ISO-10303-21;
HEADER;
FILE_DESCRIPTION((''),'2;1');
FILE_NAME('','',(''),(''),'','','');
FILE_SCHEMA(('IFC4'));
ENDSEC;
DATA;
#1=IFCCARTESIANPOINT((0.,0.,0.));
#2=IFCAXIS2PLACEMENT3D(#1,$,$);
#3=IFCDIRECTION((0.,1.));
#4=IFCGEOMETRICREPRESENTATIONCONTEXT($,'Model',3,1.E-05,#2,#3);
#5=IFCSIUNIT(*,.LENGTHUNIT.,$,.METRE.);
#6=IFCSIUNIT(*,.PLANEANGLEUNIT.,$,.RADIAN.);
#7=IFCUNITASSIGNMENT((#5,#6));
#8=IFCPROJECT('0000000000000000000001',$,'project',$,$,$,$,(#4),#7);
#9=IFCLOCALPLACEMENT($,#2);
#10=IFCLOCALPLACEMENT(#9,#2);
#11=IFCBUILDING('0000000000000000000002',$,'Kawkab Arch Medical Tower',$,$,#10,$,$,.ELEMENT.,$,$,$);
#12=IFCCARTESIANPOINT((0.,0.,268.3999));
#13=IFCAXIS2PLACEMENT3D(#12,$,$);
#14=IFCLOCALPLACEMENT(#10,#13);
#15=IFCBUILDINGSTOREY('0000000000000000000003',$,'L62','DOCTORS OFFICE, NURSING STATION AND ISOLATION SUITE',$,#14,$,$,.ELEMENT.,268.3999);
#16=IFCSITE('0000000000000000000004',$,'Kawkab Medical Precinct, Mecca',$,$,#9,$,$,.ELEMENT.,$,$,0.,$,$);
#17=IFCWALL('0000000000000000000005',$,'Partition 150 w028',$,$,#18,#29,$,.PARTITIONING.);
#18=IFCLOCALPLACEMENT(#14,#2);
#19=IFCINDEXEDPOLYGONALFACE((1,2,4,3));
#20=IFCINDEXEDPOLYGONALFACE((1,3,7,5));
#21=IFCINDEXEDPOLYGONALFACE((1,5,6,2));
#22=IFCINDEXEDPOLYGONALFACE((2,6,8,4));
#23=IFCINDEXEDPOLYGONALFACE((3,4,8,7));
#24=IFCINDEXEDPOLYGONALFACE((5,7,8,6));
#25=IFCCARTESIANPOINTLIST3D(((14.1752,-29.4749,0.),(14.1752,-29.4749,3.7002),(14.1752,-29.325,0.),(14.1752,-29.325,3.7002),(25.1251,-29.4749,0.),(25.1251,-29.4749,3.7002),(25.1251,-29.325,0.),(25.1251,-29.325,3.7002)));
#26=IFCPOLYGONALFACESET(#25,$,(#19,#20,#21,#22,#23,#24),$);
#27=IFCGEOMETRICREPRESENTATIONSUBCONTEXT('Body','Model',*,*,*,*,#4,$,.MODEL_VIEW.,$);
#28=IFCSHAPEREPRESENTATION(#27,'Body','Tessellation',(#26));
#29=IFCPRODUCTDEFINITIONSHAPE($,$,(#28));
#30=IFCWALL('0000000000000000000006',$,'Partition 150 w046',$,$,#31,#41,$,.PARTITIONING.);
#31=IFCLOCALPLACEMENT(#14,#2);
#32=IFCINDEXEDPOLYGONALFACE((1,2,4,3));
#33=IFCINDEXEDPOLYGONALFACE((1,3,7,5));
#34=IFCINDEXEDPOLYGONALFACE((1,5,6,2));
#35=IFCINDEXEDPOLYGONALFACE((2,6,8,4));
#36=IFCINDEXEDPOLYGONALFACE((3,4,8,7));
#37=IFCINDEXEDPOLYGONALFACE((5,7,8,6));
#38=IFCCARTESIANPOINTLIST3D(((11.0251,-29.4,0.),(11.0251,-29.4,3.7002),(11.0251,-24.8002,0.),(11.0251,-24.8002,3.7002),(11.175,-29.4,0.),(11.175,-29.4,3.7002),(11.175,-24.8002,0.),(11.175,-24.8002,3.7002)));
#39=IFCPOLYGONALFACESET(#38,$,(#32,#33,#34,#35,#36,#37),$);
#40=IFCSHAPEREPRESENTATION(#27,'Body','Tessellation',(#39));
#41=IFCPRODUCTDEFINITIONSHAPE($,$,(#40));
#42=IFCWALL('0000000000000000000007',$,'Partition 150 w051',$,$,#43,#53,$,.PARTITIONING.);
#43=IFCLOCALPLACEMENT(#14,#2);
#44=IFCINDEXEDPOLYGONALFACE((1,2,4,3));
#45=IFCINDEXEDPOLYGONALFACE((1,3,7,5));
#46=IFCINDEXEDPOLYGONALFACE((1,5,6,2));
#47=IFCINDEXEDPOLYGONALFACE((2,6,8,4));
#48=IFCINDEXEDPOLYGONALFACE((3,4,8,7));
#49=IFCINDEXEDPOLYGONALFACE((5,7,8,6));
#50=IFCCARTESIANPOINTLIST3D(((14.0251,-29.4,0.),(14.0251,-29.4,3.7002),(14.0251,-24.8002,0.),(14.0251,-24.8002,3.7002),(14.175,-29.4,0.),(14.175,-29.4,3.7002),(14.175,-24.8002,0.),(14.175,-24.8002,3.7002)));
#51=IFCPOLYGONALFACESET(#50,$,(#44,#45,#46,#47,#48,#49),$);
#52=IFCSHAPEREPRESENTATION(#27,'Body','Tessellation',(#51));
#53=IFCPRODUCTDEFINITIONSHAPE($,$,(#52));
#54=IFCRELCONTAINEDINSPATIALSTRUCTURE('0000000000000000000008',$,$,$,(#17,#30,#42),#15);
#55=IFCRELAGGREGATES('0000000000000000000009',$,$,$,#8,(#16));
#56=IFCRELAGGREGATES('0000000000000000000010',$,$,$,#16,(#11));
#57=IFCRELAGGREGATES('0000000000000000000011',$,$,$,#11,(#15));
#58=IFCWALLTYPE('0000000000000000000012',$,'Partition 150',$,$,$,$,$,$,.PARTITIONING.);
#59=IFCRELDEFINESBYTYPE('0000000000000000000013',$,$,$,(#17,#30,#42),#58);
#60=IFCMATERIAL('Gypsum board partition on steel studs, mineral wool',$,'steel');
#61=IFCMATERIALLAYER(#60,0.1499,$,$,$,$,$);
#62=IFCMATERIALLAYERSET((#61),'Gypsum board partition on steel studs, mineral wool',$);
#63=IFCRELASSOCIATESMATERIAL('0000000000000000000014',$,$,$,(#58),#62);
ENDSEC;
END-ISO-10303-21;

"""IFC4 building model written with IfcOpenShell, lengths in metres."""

from ifc_helpers import new_model, si_unit, direction, frame, frame_2d, origin, place, context, subcontext, project, spatial, rectangle, extrude, material, layer, layer_set, type_object, element, save


model = new_model("IFC4")

# Units and contexts
model_context = context("Model", 3, precision=1e-05, world=origin(), true_north=direction((0.0, 1.0)))
body_context = subcontext(model_context, "Body", "Model", "MODEL_VIEW")
ifc_project = project(units=[si_unit("LENGTHUNIT", "METRE"), si_unit("PLANEANGLEUNIT", "RADIAN")], contexts=[model_context])

# Site, building, storey
site_placement = place(None, origin())
site = spatial("IfcSite", under=ifc_project, at=site_placement, Name="Kawkab Medical Precinct, Mecca", CompositionType="ELEMENT", RefElevation=0.0)
building_placement = place(site_placement, origin())
building = spatial("IfcBuilding", under=site, at=building_placement, Name="Kawkab Arch Medical Tower", CompositionType="ELEMENT")
storey_placement = place(building_placement, frame((0.0, 0.0, 268.3999)))
storey = spatial("IfcBuildingStorey", under=building, at=storey_placement, Name="L62", Description="DOCTORS OFFICE, NURSING STATION AND ISOLATION SUITE", CompositionType="ELEMENT", Elevation=268.3999)

# Walls
ifc_material_1 = material(Name="Gypsum board partition on steel studs, mineral wool", Category="steel")
ifc_layer_1 = layer(ifc_material_1, 0.1499)
ifc_layer_set_1 = layer_set([ifc_layer_1], Name="Gypsum board partition on steel studs, mineral wool")
wall_type_1 = type_object("IfcWallType", Name="Partition 150", PredefinedType="PARTITIONING", material=ifc_layer_set_1)
wall_1_placement = place(storey_placement, frame((14.175, -29.3999, 0.0), z_axis=(0.0, 0.0, 1.0), x_axis=(1.0, 0.0, 0.0)))
element("IfcWall", 1, at=wall_1_placement, inside=storey, type_object=wall_type_1, Name="Partition 150 w028", PredefinedType="PARTITIONING", context=body_context, shape_type="SweptSolid", body=[
    extrude(rectangle(XDim=10.95, YDim=0.1499, at=frame_2d((5.4751, 0.0))), origin(), (0.0, 0.0, 1.0), 3.7002),
])
for number, where, z_axis, x_axis, name in (
    (2, (11.1001, -29.3999, 0.0), (0.0, 0.0, 1.0), (0.0, 1.0, 0.0), "Partition 150 w046"),
    (3, (14.1001, -29.3999, 0.0), (0.0, 0.0, 1.0), (0.0, 1.0, 0.0), "Partition 150 w051"),
):
    element("IfcWall", number, at=place(storey_placement, frame(where, z_axis=z_axis, x_axis=x_axis)), inside=storey, type_object=wall_type_1, Name=name, PredefinedType="PARTITIONING", context=body_context, shape_type="SweptSolid", body=[
        extrude(rectangle(XDim=4.5999, YDim=0.1499, at=frame_2d((2.2998, 0.0))), origin(), (0.0, 0.0, 1.0), 3.7002),
    ])

save(model, "model.ifc")
